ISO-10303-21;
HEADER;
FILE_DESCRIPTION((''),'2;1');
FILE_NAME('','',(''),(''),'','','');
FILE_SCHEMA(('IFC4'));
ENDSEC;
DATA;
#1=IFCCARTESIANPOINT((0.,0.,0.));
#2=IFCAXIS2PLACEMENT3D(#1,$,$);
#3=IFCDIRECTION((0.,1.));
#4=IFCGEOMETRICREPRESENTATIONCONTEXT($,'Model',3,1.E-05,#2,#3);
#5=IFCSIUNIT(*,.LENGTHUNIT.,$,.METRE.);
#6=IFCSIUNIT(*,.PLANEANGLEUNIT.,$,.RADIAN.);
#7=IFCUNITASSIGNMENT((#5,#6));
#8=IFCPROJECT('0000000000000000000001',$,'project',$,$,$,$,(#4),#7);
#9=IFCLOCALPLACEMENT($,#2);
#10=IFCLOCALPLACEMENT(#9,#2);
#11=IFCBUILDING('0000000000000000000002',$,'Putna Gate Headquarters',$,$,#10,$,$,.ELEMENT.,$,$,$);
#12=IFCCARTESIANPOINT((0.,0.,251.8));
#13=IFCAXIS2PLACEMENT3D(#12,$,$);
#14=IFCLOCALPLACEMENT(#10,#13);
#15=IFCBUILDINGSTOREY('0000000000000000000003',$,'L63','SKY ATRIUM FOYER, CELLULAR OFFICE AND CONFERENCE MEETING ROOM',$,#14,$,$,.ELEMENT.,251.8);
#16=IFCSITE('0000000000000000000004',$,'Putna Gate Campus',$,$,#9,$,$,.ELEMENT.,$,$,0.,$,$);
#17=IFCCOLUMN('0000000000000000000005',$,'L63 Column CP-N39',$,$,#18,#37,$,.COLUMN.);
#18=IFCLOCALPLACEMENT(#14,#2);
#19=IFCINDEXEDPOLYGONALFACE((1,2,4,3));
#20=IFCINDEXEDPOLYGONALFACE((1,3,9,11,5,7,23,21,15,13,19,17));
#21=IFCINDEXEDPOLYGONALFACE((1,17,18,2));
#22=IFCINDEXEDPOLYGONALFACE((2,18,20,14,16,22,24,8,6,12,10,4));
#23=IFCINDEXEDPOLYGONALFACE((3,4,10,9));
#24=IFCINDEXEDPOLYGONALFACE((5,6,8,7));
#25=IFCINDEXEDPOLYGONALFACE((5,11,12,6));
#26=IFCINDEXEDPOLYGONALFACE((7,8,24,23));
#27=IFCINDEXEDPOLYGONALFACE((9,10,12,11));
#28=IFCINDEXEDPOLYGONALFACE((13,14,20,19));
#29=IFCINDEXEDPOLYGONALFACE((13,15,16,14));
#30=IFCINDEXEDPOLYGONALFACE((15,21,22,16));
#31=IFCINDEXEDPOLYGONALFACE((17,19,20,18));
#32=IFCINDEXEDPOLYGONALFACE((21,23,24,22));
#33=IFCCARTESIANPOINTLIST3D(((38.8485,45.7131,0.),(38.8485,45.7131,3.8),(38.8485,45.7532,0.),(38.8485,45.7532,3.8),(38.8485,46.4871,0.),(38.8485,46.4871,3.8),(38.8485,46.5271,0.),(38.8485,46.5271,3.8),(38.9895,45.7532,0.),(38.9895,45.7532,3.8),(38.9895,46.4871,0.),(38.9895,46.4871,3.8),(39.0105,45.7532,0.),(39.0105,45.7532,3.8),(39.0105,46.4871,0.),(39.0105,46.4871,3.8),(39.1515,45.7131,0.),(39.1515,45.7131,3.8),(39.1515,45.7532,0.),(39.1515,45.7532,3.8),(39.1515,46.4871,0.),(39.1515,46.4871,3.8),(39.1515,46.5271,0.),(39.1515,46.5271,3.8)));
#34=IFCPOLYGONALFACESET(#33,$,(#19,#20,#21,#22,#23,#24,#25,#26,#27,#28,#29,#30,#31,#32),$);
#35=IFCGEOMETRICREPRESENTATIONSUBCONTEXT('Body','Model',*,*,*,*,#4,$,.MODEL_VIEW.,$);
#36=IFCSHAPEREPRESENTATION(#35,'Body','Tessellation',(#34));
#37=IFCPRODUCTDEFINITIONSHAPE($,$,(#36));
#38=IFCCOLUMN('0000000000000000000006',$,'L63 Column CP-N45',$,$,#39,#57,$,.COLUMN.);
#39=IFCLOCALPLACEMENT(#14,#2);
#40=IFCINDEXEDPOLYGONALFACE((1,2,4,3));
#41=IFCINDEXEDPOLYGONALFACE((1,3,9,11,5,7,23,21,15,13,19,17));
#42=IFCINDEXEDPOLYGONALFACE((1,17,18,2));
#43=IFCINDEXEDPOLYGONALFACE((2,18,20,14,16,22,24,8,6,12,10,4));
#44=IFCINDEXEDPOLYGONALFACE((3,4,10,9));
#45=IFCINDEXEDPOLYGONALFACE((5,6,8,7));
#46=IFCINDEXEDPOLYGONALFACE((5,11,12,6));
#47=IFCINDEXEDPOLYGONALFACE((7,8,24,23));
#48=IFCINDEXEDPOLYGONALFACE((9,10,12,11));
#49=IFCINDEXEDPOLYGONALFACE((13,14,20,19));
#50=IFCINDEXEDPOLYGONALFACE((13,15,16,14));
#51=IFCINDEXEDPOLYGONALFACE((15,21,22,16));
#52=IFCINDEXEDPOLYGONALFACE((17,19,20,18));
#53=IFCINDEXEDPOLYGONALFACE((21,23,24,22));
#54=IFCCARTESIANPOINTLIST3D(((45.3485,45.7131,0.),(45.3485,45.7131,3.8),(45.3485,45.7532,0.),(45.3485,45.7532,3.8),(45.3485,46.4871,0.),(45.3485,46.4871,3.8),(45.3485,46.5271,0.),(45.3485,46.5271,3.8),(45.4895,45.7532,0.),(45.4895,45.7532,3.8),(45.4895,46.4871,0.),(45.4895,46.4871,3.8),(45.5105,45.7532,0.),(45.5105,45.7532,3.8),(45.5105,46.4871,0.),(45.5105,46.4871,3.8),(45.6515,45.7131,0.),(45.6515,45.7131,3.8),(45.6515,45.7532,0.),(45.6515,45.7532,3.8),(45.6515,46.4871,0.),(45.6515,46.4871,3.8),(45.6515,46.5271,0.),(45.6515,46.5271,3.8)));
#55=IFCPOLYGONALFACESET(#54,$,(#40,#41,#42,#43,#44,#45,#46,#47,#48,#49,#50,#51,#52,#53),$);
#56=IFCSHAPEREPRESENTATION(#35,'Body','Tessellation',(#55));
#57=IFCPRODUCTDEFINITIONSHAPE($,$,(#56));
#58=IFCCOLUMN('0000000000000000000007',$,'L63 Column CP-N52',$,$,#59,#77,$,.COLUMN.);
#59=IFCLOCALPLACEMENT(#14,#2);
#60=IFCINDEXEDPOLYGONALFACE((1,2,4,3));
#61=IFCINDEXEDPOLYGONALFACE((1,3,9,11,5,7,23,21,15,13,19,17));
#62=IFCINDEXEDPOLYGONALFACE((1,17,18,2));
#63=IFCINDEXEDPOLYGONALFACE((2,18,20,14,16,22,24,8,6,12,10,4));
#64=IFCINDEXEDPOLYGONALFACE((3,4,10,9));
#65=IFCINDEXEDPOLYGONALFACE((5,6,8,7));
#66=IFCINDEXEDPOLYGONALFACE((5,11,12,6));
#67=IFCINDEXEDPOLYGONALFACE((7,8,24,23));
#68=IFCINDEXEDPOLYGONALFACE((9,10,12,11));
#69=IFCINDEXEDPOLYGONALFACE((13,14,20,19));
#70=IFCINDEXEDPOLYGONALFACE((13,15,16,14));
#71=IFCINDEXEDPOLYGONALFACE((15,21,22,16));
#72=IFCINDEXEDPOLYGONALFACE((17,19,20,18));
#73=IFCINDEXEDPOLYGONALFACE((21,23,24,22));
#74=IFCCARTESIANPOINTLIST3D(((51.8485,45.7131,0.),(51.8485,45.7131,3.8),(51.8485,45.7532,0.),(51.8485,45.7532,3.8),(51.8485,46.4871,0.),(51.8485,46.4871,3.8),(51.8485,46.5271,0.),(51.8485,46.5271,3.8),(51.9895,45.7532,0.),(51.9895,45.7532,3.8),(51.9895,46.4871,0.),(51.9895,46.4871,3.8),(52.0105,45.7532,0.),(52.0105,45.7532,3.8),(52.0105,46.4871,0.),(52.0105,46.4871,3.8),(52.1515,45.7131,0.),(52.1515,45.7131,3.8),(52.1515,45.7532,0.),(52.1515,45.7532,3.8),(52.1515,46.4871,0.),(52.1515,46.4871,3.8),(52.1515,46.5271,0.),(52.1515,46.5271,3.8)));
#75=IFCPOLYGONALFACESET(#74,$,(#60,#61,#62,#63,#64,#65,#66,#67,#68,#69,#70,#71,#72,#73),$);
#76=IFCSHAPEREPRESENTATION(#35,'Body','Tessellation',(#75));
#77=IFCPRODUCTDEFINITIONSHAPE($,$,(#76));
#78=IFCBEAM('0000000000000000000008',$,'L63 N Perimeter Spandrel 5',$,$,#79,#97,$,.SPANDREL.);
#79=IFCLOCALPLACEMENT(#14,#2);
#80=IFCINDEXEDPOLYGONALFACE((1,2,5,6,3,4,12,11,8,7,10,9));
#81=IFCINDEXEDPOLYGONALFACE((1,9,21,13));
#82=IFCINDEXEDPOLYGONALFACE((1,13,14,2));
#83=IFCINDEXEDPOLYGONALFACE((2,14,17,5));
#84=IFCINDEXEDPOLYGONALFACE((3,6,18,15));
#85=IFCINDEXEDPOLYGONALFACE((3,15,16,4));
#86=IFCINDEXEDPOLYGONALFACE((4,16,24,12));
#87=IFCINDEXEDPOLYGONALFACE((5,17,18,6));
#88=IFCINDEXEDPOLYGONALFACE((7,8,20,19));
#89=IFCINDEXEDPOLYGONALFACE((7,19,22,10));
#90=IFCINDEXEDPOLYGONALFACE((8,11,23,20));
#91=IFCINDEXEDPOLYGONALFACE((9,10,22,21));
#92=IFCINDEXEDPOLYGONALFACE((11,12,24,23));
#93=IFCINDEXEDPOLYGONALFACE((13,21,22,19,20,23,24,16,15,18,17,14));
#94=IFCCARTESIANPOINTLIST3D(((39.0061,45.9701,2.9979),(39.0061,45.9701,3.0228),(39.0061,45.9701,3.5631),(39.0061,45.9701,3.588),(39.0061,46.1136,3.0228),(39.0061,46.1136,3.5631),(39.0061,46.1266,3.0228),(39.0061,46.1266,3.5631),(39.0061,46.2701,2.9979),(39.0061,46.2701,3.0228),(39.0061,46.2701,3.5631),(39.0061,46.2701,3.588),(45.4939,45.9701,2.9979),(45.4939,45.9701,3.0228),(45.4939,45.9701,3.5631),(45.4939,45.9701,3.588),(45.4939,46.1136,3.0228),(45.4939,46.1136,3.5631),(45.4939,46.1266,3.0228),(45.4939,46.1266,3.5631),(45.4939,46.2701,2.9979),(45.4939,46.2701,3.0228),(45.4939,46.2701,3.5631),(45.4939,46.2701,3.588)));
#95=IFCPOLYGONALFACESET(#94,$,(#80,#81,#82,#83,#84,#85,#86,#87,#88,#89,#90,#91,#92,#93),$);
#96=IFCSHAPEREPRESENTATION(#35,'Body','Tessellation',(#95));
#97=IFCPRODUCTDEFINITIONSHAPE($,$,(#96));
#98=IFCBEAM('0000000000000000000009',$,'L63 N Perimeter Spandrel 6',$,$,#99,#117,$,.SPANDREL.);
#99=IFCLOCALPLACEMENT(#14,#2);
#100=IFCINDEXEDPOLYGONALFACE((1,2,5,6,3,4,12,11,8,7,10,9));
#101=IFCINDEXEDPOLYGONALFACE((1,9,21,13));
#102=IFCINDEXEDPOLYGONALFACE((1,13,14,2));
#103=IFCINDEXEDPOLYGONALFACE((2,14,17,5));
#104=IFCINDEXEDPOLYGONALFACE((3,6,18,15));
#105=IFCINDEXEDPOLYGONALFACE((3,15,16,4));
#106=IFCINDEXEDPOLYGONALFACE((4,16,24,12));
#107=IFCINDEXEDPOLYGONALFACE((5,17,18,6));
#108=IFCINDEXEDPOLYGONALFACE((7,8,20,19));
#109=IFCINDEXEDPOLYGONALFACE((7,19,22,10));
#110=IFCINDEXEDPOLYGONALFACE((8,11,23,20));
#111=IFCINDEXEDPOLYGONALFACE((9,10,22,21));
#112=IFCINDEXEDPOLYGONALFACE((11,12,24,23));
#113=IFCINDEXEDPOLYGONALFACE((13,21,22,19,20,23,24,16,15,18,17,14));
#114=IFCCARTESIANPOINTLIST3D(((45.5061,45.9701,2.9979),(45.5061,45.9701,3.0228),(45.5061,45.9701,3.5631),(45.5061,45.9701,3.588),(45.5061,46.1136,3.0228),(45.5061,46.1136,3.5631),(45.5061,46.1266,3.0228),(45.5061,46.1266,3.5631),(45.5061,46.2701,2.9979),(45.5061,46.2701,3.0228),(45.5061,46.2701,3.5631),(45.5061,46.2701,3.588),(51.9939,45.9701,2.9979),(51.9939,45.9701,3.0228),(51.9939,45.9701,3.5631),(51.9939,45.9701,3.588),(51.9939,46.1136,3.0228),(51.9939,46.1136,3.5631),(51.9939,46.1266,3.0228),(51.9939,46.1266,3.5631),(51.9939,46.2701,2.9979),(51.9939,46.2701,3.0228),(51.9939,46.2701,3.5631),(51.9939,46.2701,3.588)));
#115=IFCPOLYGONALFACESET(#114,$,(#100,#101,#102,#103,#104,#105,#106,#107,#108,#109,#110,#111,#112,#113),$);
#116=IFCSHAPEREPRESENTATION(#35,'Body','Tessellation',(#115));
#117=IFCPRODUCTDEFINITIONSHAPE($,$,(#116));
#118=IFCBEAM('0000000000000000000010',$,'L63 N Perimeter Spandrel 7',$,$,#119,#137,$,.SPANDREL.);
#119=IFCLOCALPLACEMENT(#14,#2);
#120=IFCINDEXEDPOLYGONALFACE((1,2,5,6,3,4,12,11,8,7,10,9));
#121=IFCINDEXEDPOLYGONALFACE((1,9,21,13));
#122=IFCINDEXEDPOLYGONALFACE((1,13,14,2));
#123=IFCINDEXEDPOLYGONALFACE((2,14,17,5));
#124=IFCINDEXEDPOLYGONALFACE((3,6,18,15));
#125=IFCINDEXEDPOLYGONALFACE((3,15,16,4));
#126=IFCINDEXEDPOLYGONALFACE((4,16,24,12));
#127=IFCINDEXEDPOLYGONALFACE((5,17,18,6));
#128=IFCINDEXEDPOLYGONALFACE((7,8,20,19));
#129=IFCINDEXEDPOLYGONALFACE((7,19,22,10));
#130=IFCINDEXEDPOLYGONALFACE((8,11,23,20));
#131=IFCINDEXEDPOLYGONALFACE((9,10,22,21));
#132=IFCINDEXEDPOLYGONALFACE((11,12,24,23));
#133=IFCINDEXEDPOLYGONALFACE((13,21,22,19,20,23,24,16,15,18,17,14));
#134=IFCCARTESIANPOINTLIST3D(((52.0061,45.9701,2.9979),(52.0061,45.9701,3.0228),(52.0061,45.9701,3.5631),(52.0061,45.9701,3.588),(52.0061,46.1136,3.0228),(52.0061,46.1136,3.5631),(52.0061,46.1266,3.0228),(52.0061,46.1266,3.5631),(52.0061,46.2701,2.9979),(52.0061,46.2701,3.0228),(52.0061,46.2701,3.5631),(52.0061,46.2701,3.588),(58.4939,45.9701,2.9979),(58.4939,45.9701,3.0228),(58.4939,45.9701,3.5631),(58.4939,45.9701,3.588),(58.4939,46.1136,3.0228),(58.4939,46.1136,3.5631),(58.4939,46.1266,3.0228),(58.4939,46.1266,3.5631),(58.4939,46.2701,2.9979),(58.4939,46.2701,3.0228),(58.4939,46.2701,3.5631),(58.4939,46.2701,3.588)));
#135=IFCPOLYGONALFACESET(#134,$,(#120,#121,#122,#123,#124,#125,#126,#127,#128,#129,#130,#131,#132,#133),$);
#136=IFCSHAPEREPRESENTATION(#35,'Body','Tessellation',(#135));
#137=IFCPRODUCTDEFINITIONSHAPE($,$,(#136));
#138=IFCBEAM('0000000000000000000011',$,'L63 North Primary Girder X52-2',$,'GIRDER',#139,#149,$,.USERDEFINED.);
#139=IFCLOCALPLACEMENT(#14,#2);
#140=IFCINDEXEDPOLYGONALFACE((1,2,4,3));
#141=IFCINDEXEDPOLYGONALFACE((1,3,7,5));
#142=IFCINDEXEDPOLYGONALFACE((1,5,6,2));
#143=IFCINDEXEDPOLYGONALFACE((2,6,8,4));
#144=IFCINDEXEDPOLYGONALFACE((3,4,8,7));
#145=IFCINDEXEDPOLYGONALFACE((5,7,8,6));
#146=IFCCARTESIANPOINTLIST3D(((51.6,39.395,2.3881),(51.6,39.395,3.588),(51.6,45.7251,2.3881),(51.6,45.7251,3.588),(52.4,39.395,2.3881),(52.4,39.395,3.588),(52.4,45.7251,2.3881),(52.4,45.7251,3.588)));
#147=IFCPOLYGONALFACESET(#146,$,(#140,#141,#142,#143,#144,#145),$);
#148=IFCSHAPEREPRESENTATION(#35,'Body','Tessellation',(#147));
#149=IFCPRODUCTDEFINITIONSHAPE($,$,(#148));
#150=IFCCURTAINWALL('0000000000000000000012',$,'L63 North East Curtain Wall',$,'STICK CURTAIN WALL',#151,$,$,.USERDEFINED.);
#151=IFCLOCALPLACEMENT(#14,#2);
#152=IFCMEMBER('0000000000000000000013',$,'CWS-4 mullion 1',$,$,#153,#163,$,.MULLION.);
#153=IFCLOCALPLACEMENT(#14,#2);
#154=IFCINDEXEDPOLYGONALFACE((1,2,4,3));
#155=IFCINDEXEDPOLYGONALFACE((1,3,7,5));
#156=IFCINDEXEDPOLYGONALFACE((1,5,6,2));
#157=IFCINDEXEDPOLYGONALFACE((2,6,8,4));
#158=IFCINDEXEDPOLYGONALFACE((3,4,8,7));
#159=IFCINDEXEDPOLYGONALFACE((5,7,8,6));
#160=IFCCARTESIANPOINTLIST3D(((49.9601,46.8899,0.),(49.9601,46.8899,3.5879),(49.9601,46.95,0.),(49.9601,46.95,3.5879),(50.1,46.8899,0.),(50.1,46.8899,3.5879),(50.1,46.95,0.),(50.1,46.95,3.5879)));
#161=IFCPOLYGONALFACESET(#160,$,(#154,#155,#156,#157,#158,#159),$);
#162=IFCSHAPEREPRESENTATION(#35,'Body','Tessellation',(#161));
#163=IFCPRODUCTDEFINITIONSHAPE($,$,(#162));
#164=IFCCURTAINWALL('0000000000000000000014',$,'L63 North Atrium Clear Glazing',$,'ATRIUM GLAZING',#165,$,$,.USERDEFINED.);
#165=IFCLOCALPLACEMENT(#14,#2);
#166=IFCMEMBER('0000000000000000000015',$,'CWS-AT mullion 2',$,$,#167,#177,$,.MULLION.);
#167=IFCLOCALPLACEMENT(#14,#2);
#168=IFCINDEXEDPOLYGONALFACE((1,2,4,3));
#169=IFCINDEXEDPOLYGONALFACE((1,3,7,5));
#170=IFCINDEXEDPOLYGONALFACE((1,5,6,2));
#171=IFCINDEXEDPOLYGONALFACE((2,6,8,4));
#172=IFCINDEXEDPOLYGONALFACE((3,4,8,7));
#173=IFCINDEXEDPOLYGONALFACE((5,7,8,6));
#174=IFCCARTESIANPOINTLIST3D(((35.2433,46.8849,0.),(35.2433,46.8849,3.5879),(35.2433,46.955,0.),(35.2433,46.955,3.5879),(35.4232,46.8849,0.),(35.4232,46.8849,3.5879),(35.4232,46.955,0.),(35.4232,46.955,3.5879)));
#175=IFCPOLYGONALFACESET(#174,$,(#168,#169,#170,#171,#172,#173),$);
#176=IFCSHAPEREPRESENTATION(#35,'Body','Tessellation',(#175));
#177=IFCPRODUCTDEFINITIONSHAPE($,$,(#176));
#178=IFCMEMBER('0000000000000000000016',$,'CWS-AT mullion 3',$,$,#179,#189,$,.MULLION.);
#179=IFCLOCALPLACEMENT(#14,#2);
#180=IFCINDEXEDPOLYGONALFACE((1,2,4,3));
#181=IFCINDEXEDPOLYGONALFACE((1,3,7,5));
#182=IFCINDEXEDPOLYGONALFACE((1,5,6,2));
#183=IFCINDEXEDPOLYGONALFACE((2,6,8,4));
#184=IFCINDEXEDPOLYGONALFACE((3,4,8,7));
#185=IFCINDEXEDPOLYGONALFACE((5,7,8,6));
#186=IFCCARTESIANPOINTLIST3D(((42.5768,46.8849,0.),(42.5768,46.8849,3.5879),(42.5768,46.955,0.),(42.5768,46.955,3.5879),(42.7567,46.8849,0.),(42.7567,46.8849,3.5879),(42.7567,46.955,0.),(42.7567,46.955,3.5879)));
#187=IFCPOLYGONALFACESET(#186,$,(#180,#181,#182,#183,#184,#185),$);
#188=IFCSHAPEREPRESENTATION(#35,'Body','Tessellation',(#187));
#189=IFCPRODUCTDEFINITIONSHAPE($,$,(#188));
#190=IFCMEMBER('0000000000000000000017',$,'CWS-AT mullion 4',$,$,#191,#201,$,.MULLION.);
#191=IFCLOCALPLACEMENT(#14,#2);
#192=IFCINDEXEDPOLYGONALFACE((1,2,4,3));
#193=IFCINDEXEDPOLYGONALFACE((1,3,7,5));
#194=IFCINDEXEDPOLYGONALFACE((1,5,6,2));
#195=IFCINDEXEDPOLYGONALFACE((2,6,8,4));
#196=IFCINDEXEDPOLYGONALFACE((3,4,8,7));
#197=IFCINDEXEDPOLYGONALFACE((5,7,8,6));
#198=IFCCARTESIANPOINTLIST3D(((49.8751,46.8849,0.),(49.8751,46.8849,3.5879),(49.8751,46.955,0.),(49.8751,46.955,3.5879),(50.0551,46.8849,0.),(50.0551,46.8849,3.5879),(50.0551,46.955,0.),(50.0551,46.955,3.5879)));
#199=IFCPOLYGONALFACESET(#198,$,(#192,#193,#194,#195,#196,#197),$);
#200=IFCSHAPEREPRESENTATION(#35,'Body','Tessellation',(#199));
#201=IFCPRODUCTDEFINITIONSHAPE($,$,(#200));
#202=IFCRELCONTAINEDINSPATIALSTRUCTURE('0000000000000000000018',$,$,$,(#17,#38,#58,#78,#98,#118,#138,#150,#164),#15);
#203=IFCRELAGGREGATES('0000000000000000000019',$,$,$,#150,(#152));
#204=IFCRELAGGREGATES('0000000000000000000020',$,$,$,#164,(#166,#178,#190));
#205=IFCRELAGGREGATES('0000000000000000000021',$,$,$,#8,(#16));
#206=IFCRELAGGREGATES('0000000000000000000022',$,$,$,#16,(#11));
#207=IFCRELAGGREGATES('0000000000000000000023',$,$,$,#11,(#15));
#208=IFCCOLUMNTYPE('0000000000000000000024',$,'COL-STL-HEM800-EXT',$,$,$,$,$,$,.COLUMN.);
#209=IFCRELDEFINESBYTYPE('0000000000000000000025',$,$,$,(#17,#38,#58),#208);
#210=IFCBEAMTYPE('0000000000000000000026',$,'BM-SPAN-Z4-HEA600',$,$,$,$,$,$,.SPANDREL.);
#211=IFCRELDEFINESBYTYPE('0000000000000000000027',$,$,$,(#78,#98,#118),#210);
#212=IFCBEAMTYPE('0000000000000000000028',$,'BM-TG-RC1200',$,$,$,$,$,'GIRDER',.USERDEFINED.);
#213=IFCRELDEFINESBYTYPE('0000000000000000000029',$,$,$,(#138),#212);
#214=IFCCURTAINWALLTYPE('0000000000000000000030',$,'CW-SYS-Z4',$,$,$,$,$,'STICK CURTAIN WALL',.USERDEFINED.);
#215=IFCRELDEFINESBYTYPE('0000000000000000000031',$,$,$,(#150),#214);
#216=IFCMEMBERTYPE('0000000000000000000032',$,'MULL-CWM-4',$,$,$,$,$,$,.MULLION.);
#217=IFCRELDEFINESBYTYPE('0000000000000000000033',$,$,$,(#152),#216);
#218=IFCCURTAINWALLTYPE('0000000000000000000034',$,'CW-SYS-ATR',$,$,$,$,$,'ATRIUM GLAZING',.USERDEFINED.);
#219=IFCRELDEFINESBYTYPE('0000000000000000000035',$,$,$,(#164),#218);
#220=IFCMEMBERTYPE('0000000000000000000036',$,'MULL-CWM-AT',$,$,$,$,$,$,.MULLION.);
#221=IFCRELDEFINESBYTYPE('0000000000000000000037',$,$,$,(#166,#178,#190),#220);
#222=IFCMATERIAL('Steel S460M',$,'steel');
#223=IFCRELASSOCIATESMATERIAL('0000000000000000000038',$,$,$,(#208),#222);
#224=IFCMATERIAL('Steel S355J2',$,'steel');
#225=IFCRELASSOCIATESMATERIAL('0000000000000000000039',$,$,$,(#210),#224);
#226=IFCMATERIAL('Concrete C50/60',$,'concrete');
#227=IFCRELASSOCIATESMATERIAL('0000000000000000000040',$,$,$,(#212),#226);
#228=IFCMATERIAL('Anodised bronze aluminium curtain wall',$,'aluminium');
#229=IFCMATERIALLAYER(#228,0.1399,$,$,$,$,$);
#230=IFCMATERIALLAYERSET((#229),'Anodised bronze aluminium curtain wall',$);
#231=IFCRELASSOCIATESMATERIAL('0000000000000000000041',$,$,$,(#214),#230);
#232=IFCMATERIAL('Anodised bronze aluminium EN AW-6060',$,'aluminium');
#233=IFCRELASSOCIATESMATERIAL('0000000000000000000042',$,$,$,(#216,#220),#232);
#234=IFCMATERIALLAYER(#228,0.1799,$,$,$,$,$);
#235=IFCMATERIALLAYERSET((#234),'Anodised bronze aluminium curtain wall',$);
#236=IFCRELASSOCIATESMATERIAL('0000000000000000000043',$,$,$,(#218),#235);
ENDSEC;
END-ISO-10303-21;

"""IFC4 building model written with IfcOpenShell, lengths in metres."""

from ifc_helpers import new_model, si_unit, direction, frame, origin, origin_2d, place, context, subcontext, project, spatial, rectangle, i_section, extrude, material, layer, layer_set, material_profile, profile_set, type_object, element, aggregate, save


model = new_model("IFC4")

# Units and contexts
model_context = context("Model", 3, precision=1e-05, world=origin(), true_north=direction((0.0, 1.0)))
body_context = subcontext(model_context, "Body", "Model", "MODEL_VIEW")
ifc_project = project(units=[si_unit("LENGTHUNIT", "METRE"), si_unit("PLANEANGLEUNIT", "RADIAN")], contexts=[model_context])

# Site, building, storey
site_placement = place(None, origin())
site = spatial("IfcSite", under=ifc_project, at=site_placement, Name="Putna Gate Campus", CompositionType="ELEMENT", RefElevation=0.0)
building_placement = place(site_placement, origin())
building = spatial("IfcBuilding", under=site, at=building_placement, Name="Putna Gate Headquarters", CompositionType="ELEMENT")
storey_placement = place(building_placement, frame((0.0, 0.0, 251.8)))
storey = spatial("IfcBuildingStorey", under=building, at=storey_placement, Name="L63", Description="SKY ATRIUM FOYER, CELLULAR OFFICE AND CONFERENCE MEETING ROOM", CompositionType="ELEMENT", Elevation=251.8)

# Columns
ifc_material_1 = material(Name="Steel S460M", Category="steel")
ifc_material_profile_1 = material_profile(ifc_material_1, i_section(OverallWidth=0.303, OverallDepth=0.814, WebThickness=0.021, FlangeThickness=0.04, at=origin_2d()), Name="Steel S460M")
ifc_profile_set_1 = profile_set([ifc_material_profile_1], Name="Steel S460M")
column_type = type_object("IfcColumnType", Name="COL-STL-HEM800-EXT", PredefinedType="COLUMN", material=ifc_profile_set_1)
for number, where, z_axis, x_axis, name in (
    (1, (39.0, 46.1201, 0.0), (0.0, 0.0, 1.0), (1.0, 0.0, 0.0), "L63 Column CP-N39"),
    (2, (45.5, 46.1201, 0.0), (0.0, 0.0, 1.0), (1.0, 0.0, 0.0), "L63 Column CP-N45"),
    (3, (52.0, 46.1201, 0.0), (0.0, 0.0, 1.0), (1.0, 0.0, 0.0), "L63 Column CP-N52"),
):
    element("IfcColumn", number, at=place(storey_placement, frame(where, z_axis=z_axis, x_axis=x_axis)), inside=storey, type_object=column_type, Name=name, PredefinedType="COLUMN", context=body_context, shape_type="SweptSolid", body=[
        extrude(i_section(OverallWidth=0.303, OverallDepth=0.814, WebThickness=0.021, FlangeThickness=0.04, at=origin_2d()), origin(), (0.0, 0.0, 1.0), 3.8),
    ])

# Beams
ifc_material_2 = material(Name="Steel S355J2", Category="steel")
ifc_material_profile_2 = material_profile(ifc_material_2, i_section(OverallWidth=0.3, OverallDepth=0.5901, WebThickness=0.0129, FlangeThickness=0.0249, at=origin_2d()), Name="Steel S355J2")
ifc_profile_set_2 = profile_set([ifc_material_profile_2], Name="Steel S355J2")
beam_type_1 = type_object("IfcBeamType", Name="BM-SPAN-Z4-HEA600", PredefinedType="SPANDREL", material=ifc_profile_set_2)
for number, where, z_axis, x_axis, name in (
    (4, (39.0061, 46.1201, 3.293), (1.0, 0.0, 0.0), (0.0, 1.0, 0.0), "L63 N Perimeter Spandrel 5"),
    (5, (45.5061, 46.1201, 3.293), (1.0, 0.0, 0.0), (0.0, 1.0, 0.0), "L63 N Perimeter Spandrel 6"),
    (6, (52.0061, 46.1201, 3.293), (1.0, 0.0, 0.0), (0.0, 1.0, 0.0), "L63 N Perimeter Spandrel 7"),
):
    element("IfcBeam", number, at=place(storey_placement, frame(where, z_axis=z_axis, x_axis=x_axis)), inside=storey, type_object=beam_type_1, Name=name, PredefinedType="SPANDREL", context=body_context, shape_type="SweptSolid", body=[
        extrude(i_section(OverallWidth=0.3, OverallDepth=0.5901, WebThickness=0.0129, FlangeThickness=0.0249, at=origin_2d()), origin(), (0.0, 0.0, 1.0), 6.4878),
    ])
ifc_material_3 = material(Name="Concrete C50/60", Category="concrete")
ifc_material_profile_3 = material_profile(ifc_material_3, rectangle(XDim=0.8, YDim=1.2, at=origin_2d()), Name="Concrete C50/60")
ifc_profile_set_3 = profile_set([ifc_material_profile_3], Name="Concrete C50/60")
beam_type_2 = type_object("IfcBeamType", Name="BM-TG-RC1200", ElementType="GIRDER", PredefinedType="USERDEFINED", material=ifc_profile_set_3)
beam_placement = place(storey_placement, frame((52.0, 39.395, 2.988), z_axis=(0.0, 1.0, 0.0), x_axis=(-1.0, 0.0, 0.0)))
element("IfcBeam", 7, at=beam_placement, inside=storey, type_object=beam_type_2, Name="L63 North Primary Girder X52-2", ObjectType="GIRDER", PredefinedType="USERDEFINED", context=body_context, shape_type="SweptSolid", body=[
    extrude(rectangle(XDim=0.8, YDim=1.2, at=origin_2d()), origin(), (0.0, 0.0, 1.0), 6.3301),
])

# Curtain wall, member
ifc_material_4 = material(Name="Anodised bronze aluminium curtain wall", Category="aluminium")
ifc_layer_1 = layer(ifc_material_4, 0.1399)
ifc_layer_set_1 = layer_set([ifc_layer_1], Name="Anodised bronze aluminium curtain wall")
curtain_wall_type_1 = type_object("IfcCurtainWallType", Name="CW-SYS-Z4", ElementType="STICK CURTAIN WALL", PredefinedType="USERDEFINED", material=ifc_layer_set_1)
curtain_wall_1_placement = place(storey_placement, origin())
curtain_wall_1 = element("IfcCurtainWall", 8, at=curtain_wall_1_placement, inside=storey, type_object=curtain_wall_type_1, Name="L63 North East Curtain Wall", ObjectType="STICK CURTAIN WALL", PredefinedType="USERDEFINED")
ifc_material_5 = material(Name="Anodised bronze aluminium EN AW-6060", Category="aluminium")
ifc_material_profile_4 = material_profile(ifc_material_5, rectangle(XDim=0.0601, YDim=0.1399, at=origin_2d()), Name="Anodised bronze aluminium EN AW-6060")
ifc_profile_set_4 = profile_set([ifc_material_profile_4], Name="Anodised bronze aluminium EN AW-6060")
member_type_1 = type_object("IfcMemberType", Name="MULL-CWM-4", PredefinedType="MULLION", material=ifc_profile_set_4)
member_1_placement = place(storey_placement, frame((50.03, 46.9199, 0.0), z_axis=(0.0, 0.0, 1.0), x_axis=(0.0, 1.0, 0.0)))
member_1 = element("IfcMember", 9, at=member_1_placement, type_object=member_type_1, Name="CWS-4 mullion 1", PredefinedType="MULLION", context=body_context, shape_type="SweptSolid", body=[
    extrude(rectangle(XDim=0.0601, YDim=0.1399, at=origin_2d()), origin(), (0.0, 0.0, 1.0), 3.5879),
])

# Curtain wall, members
ifc_layer_2 = layer(ifc_material_4, 0.1799)
ifc_layer_set_2 = layer_set([ifc_layer_2], Name="Anodised bronze aluminium curtain wall")
curtain_wall_type_2 = type_object("IfcCurtainWallType", Name="CW-SYS-ATR", ElementType="ATRIUM GLAZING", PredefinedType="USERDEFINED", material=ifc_layer_set_2)
curtain_wall_2_placement = place(storey_placement, origin())
curtain_wall_2 = element("IfcCurtainWall", 10, at=curtain_wall_2_placement, inside=storey, type_object=curtain_wall_type_2, Name="L63 North Atrium Clear Glazing", ObjectType="ATRIUM GLAZING", PredefinedType="USERDEFINED")
ifc_material_profile_5 = material_profile(ifc_material_5, rectangle(XDim=0.0701, YDim=0.1799, at=origin_2d()), Name="Anodised bronze aluminium EN AW-6060")
ifc_profile_set_5 = profile_set([ifc_material_profile_5], Name="Anodised bronze aluminium EN AW-6060")
member_type_2 = type_object("IfcMemberType", Name="MULL-CWM-AT", PredefinedType="MULLION", material=ifc_profile_set_5)
member_2_placement = place(storey_placement, frame((35.3333, 46.9199, 0.0), z_axis=(0.0, 0.0, 1.0), x_axis=(0.0, 1.0, 0.0)))
member_2 = element("IfcMember", 11, at=member_2_placement, type_object=member_type_2, Name="CWS-AT mullion 2", PredefinedType="MULLION", context=body_context, shape_type="SweptSolid", body=[
    extrude(rectangle(XDim=0.0701, YDim=0.1799, at=origin_2d()), origin(), (0.0, 0.0, 1.0), 3.5879),
])
member_3_placement = place(storey_placement, frame((42.6667, 46.9199, 0.0), z_axis=(0.0, 0.0, 1.0), x_axis=(0.0, 1.0, 0.0)))
member_3 = element("IfcMember", 12, at=member_3_placement, type_object=member_type_2, Name="CWS-AT mullion 3", PredefinedType="MULLION", context=body_context, shape_type="SweptSolid", body=[
    extrude(rectangle(XDim=0.0701, YDim=0.1799, at=origin_2d()), origin(), (0.0, 0.0, 1.0), 3.5879),
])
member_4_placement = place(storey_placement, frame((49.9651, 46.9199, 0.0), z_axis=(0.0, 0.0, 1.0), x_axis=(0.0, 1.0, 0.0)))
member_4 = element("IfcMember", 13, at=member_4_placement, type_object=member_type_2, Name="CWS-AT mullion 4", PredefinedType="MULLION", context=body_context, shape_type="SweptSolid", body=[
    extrude(rectangle(XDim=0.0701, YDim=0.1799, at=origin_2d()), origin(), (0.0, 0.0, 1.0), 3.5879),
])

aggregate(curtain_wall_1, [member_1])
aggregate(curtain_wall_2, [member_2, member_3, member_4])

save(model, "model.ifc")
